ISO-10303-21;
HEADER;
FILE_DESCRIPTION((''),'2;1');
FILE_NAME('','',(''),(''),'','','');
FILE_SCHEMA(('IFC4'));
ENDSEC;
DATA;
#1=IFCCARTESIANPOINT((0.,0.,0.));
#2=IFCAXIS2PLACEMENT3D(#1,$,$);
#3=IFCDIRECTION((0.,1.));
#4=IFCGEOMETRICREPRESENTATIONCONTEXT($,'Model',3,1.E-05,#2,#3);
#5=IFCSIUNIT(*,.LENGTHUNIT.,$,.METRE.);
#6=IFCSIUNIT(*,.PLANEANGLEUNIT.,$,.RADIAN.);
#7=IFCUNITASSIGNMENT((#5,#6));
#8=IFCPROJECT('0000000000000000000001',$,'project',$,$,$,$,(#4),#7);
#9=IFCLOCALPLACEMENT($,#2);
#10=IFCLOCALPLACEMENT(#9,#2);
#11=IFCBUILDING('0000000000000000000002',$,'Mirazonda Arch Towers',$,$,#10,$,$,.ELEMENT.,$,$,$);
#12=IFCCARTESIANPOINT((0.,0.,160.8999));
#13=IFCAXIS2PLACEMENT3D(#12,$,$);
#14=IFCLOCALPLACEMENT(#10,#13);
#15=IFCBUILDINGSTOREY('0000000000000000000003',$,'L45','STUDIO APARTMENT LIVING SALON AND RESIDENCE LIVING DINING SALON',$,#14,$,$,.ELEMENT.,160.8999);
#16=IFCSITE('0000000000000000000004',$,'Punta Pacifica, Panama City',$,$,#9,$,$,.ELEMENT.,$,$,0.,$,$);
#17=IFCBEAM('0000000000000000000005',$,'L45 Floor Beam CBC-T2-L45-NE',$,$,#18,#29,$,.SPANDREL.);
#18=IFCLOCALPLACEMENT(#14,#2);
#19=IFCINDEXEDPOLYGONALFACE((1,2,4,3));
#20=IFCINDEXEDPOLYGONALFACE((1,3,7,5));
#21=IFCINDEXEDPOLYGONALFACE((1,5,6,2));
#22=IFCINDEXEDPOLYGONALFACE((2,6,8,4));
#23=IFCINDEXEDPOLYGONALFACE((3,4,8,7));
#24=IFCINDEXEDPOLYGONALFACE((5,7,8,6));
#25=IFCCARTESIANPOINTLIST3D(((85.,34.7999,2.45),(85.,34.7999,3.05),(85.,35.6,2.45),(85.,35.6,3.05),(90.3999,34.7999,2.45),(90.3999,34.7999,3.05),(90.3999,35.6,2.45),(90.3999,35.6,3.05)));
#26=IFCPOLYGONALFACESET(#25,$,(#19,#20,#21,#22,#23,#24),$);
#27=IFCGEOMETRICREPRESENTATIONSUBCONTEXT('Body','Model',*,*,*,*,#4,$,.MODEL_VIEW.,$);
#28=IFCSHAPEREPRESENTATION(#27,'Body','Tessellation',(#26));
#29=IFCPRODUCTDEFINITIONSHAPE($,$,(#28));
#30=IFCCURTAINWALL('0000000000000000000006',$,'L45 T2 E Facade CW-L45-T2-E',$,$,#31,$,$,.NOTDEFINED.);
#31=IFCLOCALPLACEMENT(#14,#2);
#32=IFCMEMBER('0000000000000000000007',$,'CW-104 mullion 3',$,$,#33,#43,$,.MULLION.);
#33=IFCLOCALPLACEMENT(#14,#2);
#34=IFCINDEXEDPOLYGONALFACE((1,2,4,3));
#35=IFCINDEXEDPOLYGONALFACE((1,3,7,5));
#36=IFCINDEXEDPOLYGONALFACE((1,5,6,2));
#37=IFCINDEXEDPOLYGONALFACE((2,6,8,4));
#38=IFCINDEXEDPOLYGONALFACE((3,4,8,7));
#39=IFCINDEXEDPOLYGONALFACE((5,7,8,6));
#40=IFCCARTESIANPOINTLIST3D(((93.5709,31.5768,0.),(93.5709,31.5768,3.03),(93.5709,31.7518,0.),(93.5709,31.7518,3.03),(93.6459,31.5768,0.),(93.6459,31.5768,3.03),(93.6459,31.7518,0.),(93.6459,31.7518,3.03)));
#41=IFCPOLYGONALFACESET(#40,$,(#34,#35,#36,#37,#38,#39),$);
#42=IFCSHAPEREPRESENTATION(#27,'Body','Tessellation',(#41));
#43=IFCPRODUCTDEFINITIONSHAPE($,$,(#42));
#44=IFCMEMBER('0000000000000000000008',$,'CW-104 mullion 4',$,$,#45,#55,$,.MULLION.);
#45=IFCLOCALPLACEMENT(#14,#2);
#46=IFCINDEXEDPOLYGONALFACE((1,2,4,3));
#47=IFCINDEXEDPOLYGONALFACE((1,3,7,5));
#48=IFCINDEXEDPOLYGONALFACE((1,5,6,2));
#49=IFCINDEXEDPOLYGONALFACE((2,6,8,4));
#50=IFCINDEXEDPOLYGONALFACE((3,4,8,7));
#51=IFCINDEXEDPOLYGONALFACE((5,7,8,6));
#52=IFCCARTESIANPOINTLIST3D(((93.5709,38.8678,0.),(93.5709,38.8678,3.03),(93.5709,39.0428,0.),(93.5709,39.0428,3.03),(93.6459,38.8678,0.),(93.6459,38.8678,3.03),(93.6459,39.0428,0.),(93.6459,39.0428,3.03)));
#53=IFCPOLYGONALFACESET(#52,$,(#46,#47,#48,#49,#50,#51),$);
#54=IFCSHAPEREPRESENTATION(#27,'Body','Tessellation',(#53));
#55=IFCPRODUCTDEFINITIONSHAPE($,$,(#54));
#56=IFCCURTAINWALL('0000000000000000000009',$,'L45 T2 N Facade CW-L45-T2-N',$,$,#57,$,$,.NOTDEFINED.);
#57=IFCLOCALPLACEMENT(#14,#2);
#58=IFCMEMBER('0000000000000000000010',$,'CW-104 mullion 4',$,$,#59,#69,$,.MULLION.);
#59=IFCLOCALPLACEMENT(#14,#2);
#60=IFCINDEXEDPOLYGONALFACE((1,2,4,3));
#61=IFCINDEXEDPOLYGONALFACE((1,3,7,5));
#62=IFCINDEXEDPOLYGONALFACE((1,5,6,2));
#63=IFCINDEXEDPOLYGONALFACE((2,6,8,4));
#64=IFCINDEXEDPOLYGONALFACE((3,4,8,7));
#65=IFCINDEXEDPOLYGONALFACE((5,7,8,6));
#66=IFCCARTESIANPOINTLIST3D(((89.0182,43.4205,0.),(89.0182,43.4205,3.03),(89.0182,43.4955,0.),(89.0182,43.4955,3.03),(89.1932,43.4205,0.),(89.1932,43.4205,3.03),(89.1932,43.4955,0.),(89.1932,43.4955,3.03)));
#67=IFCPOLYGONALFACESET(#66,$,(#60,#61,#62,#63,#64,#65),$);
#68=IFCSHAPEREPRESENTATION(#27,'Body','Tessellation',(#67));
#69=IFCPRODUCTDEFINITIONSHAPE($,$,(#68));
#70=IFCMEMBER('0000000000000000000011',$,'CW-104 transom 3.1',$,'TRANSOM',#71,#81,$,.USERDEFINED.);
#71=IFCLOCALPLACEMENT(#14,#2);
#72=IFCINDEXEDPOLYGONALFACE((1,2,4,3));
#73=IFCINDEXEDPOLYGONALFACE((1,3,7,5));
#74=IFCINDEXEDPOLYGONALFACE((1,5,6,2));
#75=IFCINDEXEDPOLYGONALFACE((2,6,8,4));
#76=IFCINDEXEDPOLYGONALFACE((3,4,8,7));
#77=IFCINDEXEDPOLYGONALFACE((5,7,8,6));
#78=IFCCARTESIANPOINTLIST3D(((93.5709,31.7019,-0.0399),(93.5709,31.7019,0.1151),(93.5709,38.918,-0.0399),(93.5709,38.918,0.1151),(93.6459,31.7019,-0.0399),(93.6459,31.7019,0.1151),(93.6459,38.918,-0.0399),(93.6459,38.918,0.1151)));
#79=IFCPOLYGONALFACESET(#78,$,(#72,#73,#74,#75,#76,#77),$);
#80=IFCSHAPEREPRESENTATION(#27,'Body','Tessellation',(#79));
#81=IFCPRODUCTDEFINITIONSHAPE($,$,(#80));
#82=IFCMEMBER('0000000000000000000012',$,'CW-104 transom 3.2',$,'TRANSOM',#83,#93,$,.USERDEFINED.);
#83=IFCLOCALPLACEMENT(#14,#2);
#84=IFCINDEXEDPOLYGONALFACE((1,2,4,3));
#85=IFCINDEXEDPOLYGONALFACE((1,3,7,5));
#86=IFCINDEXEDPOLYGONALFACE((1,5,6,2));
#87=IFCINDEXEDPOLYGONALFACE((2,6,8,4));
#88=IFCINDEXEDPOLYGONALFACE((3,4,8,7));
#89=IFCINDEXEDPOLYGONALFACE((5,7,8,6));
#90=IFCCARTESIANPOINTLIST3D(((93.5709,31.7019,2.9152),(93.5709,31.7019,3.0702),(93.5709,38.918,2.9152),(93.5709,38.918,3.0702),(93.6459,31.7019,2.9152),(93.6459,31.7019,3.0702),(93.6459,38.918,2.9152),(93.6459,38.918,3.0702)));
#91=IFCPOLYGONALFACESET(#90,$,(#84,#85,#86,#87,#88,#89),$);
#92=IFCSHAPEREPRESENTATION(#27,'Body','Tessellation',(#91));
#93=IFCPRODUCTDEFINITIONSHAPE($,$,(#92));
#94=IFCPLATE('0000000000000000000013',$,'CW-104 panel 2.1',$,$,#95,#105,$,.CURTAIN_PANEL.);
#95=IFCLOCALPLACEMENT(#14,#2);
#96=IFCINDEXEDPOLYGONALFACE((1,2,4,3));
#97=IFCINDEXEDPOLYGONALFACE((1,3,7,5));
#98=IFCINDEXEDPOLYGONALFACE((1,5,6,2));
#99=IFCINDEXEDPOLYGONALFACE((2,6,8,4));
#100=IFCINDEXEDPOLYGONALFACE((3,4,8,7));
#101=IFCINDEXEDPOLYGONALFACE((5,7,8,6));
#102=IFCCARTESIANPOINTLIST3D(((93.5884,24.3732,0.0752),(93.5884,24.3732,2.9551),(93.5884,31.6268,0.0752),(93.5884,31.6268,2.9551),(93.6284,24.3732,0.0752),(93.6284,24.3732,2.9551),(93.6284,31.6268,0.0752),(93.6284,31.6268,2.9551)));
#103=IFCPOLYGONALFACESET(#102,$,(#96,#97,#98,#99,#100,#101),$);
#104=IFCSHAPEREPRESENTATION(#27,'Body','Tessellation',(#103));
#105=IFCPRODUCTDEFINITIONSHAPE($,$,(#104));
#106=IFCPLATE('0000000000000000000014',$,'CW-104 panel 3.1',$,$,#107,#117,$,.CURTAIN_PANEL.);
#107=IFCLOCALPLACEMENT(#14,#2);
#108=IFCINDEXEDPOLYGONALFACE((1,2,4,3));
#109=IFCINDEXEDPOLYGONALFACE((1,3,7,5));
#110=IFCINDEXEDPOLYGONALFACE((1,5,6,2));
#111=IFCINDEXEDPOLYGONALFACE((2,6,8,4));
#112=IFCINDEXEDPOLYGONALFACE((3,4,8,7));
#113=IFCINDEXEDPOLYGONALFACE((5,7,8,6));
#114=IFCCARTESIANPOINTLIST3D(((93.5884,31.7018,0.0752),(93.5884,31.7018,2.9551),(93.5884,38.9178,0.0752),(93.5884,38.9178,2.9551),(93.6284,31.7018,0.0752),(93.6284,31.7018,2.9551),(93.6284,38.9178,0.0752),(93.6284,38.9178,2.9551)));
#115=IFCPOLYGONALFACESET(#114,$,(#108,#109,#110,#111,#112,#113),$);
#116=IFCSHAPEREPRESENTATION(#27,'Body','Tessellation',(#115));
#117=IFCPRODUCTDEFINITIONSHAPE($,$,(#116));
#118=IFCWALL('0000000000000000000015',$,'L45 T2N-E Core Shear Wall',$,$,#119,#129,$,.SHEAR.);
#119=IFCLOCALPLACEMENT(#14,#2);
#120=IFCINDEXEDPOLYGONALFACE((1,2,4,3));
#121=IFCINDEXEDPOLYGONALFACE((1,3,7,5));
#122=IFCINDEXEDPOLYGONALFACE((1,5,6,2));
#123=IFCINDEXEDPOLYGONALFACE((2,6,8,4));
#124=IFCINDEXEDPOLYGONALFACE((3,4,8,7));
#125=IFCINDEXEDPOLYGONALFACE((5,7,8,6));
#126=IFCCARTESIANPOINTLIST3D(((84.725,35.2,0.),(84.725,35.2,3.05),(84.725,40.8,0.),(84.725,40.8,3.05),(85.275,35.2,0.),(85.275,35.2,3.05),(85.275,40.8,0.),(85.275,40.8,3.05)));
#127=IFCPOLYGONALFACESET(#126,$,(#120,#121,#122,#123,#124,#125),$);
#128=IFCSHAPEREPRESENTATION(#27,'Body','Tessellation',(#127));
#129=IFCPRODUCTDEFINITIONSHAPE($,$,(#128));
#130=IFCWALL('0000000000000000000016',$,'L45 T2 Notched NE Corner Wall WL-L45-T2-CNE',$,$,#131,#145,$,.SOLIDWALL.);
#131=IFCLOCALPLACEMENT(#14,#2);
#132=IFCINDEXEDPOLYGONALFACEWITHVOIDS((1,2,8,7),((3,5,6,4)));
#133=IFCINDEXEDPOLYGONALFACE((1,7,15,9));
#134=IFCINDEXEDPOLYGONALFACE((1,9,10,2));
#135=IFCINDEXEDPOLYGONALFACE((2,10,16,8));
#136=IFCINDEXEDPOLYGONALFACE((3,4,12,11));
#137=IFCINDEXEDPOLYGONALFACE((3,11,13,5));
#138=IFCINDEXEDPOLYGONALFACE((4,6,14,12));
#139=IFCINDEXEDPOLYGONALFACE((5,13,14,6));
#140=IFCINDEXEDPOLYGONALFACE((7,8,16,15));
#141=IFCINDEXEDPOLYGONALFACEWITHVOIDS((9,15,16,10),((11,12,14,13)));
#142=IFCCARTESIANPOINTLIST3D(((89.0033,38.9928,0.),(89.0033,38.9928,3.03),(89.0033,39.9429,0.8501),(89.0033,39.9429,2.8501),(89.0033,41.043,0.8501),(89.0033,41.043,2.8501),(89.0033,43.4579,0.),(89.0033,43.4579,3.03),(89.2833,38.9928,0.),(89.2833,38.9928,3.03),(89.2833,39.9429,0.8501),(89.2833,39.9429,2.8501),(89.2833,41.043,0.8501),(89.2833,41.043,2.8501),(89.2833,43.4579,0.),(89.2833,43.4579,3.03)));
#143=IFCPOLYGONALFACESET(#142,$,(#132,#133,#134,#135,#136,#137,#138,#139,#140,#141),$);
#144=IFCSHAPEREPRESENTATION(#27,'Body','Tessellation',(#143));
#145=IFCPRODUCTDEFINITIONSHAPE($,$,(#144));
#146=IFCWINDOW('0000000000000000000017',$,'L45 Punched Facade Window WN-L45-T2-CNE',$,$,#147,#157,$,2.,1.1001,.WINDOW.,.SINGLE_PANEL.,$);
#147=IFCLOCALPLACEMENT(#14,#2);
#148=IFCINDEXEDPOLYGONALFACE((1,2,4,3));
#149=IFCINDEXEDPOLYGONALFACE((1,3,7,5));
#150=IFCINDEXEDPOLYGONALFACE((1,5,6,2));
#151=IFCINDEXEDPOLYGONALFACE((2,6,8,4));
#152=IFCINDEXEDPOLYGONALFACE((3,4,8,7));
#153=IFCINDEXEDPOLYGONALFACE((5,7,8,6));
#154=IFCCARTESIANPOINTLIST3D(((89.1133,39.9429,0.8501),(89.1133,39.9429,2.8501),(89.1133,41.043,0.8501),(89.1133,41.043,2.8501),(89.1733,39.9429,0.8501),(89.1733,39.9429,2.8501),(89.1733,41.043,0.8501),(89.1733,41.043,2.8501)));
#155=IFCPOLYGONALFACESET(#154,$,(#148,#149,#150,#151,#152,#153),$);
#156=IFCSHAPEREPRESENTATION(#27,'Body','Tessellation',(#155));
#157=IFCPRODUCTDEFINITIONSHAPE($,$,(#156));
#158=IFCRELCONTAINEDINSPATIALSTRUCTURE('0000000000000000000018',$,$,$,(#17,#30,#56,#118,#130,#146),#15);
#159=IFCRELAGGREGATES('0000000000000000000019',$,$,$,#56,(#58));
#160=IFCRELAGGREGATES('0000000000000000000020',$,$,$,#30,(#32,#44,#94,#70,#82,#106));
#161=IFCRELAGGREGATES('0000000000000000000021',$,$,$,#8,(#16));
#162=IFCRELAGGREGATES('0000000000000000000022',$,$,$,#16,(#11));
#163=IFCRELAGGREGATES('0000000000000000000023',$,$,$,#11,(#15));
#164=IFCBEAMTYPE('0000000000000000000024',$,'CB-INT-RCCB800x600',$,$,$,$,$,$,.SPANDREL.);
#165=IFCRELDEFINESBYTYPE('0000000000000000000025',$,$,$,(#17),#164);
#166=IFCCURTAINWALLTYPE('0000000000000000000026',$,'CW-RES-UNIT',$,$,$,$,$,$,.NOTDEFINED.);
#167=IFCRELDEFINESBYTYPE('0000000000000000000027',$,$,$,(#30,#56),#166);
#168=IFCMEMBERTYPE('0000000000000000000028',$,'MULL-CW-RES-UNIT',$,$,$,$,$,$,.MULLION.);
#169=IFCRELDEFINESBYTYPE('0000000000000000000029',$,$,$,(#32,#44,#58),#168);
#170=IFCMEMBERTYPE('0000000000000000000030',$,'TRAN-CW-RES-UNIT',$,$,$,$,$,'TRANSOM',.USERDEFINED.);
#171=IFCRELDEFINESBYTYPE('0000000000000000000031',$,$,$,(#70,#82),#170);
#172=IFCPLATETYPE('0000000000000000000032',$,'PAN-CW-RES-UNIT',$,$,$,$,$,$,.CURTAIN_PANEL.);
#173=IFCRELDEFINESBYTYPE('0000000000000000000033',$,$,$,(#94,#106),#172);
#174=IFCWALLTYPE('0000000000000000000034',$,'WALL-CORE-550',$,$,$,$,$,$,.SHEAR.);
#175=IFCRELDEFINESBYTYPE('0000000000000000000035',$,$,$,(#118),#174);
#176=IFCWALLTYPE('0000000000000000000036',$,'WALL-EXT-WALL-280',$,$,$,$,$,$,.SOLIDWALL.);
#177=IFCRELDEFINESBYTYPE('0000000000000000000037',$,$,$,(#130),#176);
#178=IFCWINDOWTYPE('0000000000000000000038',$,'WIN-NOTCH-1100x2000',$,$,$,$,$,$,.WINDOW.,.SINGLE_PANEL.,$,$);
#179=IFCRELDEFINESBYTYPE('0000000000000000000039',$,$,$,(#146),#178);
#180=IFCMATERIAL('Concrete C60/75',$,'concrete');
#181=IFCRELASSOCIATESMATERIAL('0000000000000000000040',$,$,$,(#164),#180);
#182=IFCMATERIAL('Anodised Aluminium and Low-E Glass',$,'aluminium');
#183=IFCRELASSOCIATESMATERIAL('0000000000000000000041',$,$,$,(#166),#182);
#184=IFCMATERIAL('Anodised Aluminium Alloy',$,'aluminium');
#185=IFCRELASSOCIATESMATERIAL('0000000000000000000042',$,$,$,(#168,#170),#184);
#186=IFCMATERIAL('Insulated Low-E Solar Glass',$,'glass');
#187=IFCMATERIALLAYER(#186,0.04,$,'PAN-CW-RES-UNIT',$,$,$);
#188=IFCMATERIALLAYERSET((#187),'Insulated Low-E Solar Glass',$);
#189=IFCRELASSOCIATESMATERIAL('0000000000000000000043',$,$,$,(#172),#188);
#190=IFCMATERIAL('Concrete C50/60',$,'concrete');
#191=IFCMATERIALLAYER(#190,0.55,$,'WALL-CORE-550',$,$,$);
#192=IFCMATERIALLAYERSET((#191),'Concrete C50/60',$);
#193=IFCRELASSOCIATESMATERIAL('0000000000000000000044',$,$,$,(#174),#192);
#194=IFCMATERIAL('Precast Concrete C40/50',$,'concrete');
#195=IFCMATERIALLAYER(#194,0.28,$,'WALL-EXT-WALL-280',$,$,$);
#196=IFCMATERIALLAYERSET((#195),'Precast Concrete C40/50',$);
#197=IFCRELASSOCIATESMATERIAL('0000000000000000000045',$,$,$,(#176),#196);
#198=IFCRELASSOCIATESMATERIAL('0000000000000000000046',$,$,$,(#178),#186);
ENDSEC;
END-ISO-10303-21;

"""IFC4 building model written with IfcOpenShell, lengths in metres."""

from ifc_helpers import new_model, si_unit, direction, frame, frame_2d, origin, origin_2d, place, context, subcontext, project, spatial, rectangle, extrude, material, layer, layer_set, material_profile, profile_set, type_object, element, fill, aggregate, save


model = new_model("IFC4")

# Units and contexts
model_context = context("Model", 3, precision=1e-05, world=origin(), true_north=direction((0.0, 1.0)))
body_context = subcontext(model_context, "Body", "Model", "MODEL_VIEW")
ifc_project = project(units=[si_unit("LENGTHUNIT", "METRE"), si_unit("PLANEANGLEUNIT", "RADIAN")], contexts=[model_context])

# Site, building, storey
site_placement = place(None, origin())
site = spatial("IfcSite", under=ifc_project, at=site_placement, Name="Punta Pacifica, Panama City", CompositionType="ELEMENT", RefElevation=0.0)
building_placement = place(site_placement, origin())
building = spatial("IfcBuilding", under=site, at=building_placement, Name="Mirazonda Arch Towers", CompositionType="ELEMENT")
storey_placement = place(building_placement, frame((0.0, 0.0, 160.8999)))
storey = spatial("IfcBuildingStorey", under=building, at=storey_placement, Name="L45", Description="STUDIO APARTMENT LIVING SALON AND RESIDENCE LIVING DINING SALON", CompositionType="ELEMENT", Elevation=160.8999)

# Shared definitions
ifc_material_1 = material(Name="Concrete C50/60", Category="concrete")

# Beam
ifc_material_2 = material(Name="Concrete C60/75", Category="concrete")
ifc_material_profile_1 = material_profile(ifc_material_2, rectangle(XDim=0.8, YDim=0.6001, at=origin_2d()), Name="RCCB800x600")
ifc_profile_set_1 = profile_set([ifc_material_profile_1], Name="Concrete C60/75")
beam_type_1 = type_object("IfcBeamType", Name="CB-INT-RCCB800x600", PredefinedType="SPANDREL", material=ifc_profile_set_1)
beam_1_placement = place(storey_placement, frame((85.0, 35.2, 2.75), z_axis=(1.0, 0.0, 0.0), x_axis=(0.0, 1.0, 0.0)))
element("IfcBeam", 1, at=beam_1_placement, inside=storey, type_object=beam_type_1, Name="L45 Floor Beam CBC-T2-L45-NE", PredefinedType="SPANDREL", context=body_context, shape_type="SweptSolid", body=[
    extrude(rectangle(XDim=0.8, YDim=0.6001, at=origin_2d()), origin(), (0.0, 0.0, 1.0), 5.3999),
])

# Curtain wall, members
ifc_material_3 = material(Name="Anodised Aluminium and Low-E Glass", Category="aluminium")
curtain_wall_type = type_object("IfcCurtainWallType", Name="CW-RES-UNIT", PredefinedType="NOTDEFINED", material=ifc_material_3)
curtain_wall_1_placement = place(storey_placement, origin())
curtain_wall_1 = element("IfcCurtainWall", 2, at=curtain_wall_1_placement, inside=storey, type_object=curtain_wall_type, Name="L45 T2 E Facade CW-L45-T2-E", PredefinedType="NOTDEFINED")
ifc_material_4 = material(Name="Anodised Aluminium Alloy", Category="aluminium")
ifc_material_profile_2 = material_profile(ifc_material_4, rectangle(XDim=0.075, YDim=0.175, at=origin_2d()), Name="ALU-MULL-75x175")
ifc_profile_set_2 = profile_set([ifc_material_profile_2], Name="Anodised Aluminium Alloy")
member_type_1 = type_object("IfcMemberType", Name="MULL-CW-RES-UNIT", PredefinedType="MULLION", material=ifc_profile_set_2)
member_1_placement = place(storey_placement, frame((93.6084, 31.6643, 0.0), z_axis=(0.0, 0.0, 1.0), x_axis=(-1.0, 0.0, 0.0)))
member_1 = element("IfcMember", 3, at=member_1_placement, type_object=member_type_1, Name="CW-104 mullion 3", PredefinedType="MULLION", context=body_context, shape_type="SweptSolid", body=[
    extrude(rectangle(XDim=0.075, YDim=0.175, at=origin_2d()), origin(), (0.0, 0.0, 1.0), 3.03),
])
member_2_placement = place(storey_placement, frame((93.6084, 38.9553, 0.0), z_axis=(0.0, 0.0, 1.0), x_axis=(-1.0, 0.0, 0.0)))
member_2 = element("IfcMember", 4, at=member_2_placement, type_object=member_type_1, Name="CW-104 mullion 4", PredefinedType="MULLION", context=body_context, shape_type="SweptSolid", body=[
    extrude(rectangle(XDim=0.075, YDim=0.175, at=origin_2d()), origin(), (0.0, 0.0, 1.0), 3.03),
])

# Curtain wall, member
curtain_wall_2_placement = place(storey_placement, origin())
curtain_wall_2 = element("IfcCurtainWall", 5, at=curtain_wall_2_placement, inside=storey, type_object=curtain_wall_type, Name="L45 T2 N Facade CW-L45-T2-N", PredefinedType="NOTDEFINED")
member_3_placement = place(storey_placement, frame((89.1057, 43.458, 0.0), z_axis=(0.0, 0.0, 1.0), x_axis=(0.0, 1.0, 0.0)))
member_3 = element("IfcMember", 6, at=member_3_placement, type_object=member_type_1, Name="CW-104 mullion 4", PredefinedType="MULLION", context=body_context, shape_type="SweptSolid", body=[
    extrude(rectangle(XDim=0.075, YDim=0.175, at=origin_2d()), origin(), (0.0, 0.0, 1.0), 3.03),
])
aggregate(curtain_wall_2, [member_3])

# Members
ifc_material_profile_3 = material_profile(ifc_material_4, rectangle(XDim=0.075, YDim=0.155, at=origin_2d()), Name="ALU-TRAN-75x155")
ifc_profile_set_3 = profile_set([ifc_material_profile_3], Name="Anodised Aluminium Alloy")
member_type_2 = type_object("IfcMemberType", Name="TRAN-CW-RES-UNIT", ElementType="TRANSOM", PredefinedType="USERDEFINED", material=ifc_profile_set_3)
member_4_placement = place(storey_placement, frame((93.6084, 31.7019, 0.0376), z_axis=(0.0, 1.0, 0.0), x_axis=(-1.0, 0.0, 0.0)))
member_4 = element("IfcMember", 7, at=member_4_placement, type_object=member_type_2, Name="CW-104 transom 3.1", ObjectType="TRANSOM", PredefinedType="USERDEFINED", context=body_context, shape_type="SweptSolid", body=[
    extrude(rectangle(XDim=0.075, YDim=0.155, at=origin_2d()), origin(), (0.0, 0.0, 1.0), 7.2161),
])
member_5_placement = place(storey_placement, frame((93.6084, 31.7019, 2.9927), z_axis=(0.0, 1.0, 0.0), x_axis=(-1.0, 0.0, 0.0)))
member_5 = element("IfcMember", 8, at=member_5_placement, type_object=member_type_2, Name="CW-104 transom 3.2", ObjectType="TRANSOM", PredefinedType="USERDEFINED", context=body_context, shape_type="SweptSolid", body=[
    extrude(rectangle(XDim=0.075, YDim=0.155, at=origin_2d()), origin(), (0.0, 0.0, 1.0), 7.2161),
])

# Plates
ifc_material_5 = material(Name="Insulated Low-E Solar Glass", Category="glass")
ifc_layer_1 = layer(ifc_material_5, 0.04, Name="PAN-CW-RES-UNIT")
ifc_layer_set_1 = layer_set([ifc_layer_1], Name="Insulated Low-E Solar Glass")
plate_type = type_object("IfcPlateType", Name="PAN-CW-RES-UNIT", PredefinedType="CURTAIN_PANEL", material=ifc_layer_set_1)
plate_1_placement = place(storey_placement, frame((93.6084, 28.0, 0.0752), z_axis=(0.0, 0.0, 1.0), x_axis=(0.0, 1.0, 0.0)))
plate_1 = element("IfcPlate", 9, at=plate_1_placement, type_object=plate_type, Name="CW-104 panel 2.1", PredefinedType="CURTAIN_PANEL", context=body_context, shape_type="SweptSolid", body=[
    extrude(rectangle(XDim=7.2537, YDim=0.04, at=origin_2d()), origin(), (0.0, 0.0, 1.0), 2.8799),
])
plate_2_placement = place(storey_placement, frame((93.6084, 35.3098, 0.0752), z_axis=(0.0, 0.0, 1.0), x_axis=(0.0, 1.0, 0.0)))
plate_2 = element("IfcPlate", 10, at=plate_2_placement, type_object=plate_type, Name="CW-104 panel 3.1", PredefinedType="CURTAIN_PANEL", context=body_context, shape_type="SweptSolid", body=[
    extrude(rectangle(XDim=7.2161, YDim=0.04, at=origin_2d()), origin(), (0.0, 0.0, 1.0), 2.8799),
])
aggregate(curtain_wall_1, [member_1, member_2, plate_1, member_4, member_5, plate_2])

# Wall
ifc_layer_2 = layer(ifc_material_1, 0.55, Name="WALL-CORE-550")
ifc_layer_set_2 = layer_set([ifc_layer_2], Name="Concrete C50/60")
wall_type_1 = type_object("IfcWallType", Name="WALL-CORE-550", PredefinedType="SHEAR", material=ifc_layer_set_2)
wall_1_placement = place(storey_placement, frame((85.0, 35.2, 0.0), z_axis=(0.0, 0.0, 1.0), x_axis=(0.0, 1.0, 0.0)))
element("IfcWall", 11, at=wall_1_placement, inside=storey, type_object=wall_type_1, Name="L45 T2N-E Core Shear Wall", PredefinedType="SHEAR", context=body_context, shape_type="SweptSolid", body=[
    extrude(rectangle(XDim=5.6001, YDim=0.55, at=frame_2d((2.8, 0.0))), origin(), (0.0, 0.0, 1.0), 3.05),
])

# Wall, opening, window
ifc_material_6 = material(Name="Precast Concrete C40/50", Category="concrete")
ifc_layer_3 = layer(ifc_material_6, 0.28, Name="WALL-EXT-WALL-280")
ifc_layer_set_3 = layer_set([ifc_layer_3], Name="Precast Concrete C40/50")
wall_type_2 = type_object("IfcWallType", Name="WALL-EXT-WALL-280", PredefinedType="SOLIDWALL", material=ifc_layer_set_3)
wall_2_placement = place(storey_placement, frame((89.1433, 38.9929, 0.0), z_axis=(0.0, 0.0, 1.0), x_axis=(0.0, 1.0, 0.0)))
wall_2 = element("IfcWall", 12, at=wall_2_placement, inside=storey, type_object=wall_type_2, Name="L45 T2 Notched NE Corner Wall WL-L45-T2-CNE", PredefinedType="SOLIDWALL", context=body_context, shape_type="SweptSolid", body=[
    extrude(rectangle(XDim=4.4651, YDim=0.28, at=frame_2d((2.2324, 0.0))), origin(), (0.0, 0.0, 1.0), 3.03),
])
opening_1_placement = place(wall_2_placement, frame((0.95, 0.0, 0.8501)))
opening_1 = element("IfcOpeningElement", 13, at=opening_1_placement, cuts=wall_2, PredefinedType="OPENING", context=body_context, shape_type="SweptSolid", body=[
    extrude(rectangle(XDim=1.1001, YDim=2.0, at=frame_2d((0.55, 1.0))), frame((0.0, 0.1499, 0.0), z_axis=(0.0, -1.0, 0.0), x_axis=(1.0, 0.0, 0.0)), (0.0, 0.0, 1.0), 0.3),
])
window_type = type_object("IfcWindowType", Name="WIN-NOTCH-1100x2000", PartitioningType="SINGLE_PANEL", PredefinedType="WINDOW", material=ifc_material_5)
window_1_placement = place(opening_1_placement, origin())
window_1 = element("IfcWindow", 14, at=window_1_placement, inside=storey, type_object=window_type, Name="L45 Punched Facade Window WN-L45-T2-CNE", OverallHeight=2.0, OverallWidth=1.1001, PartitioningType="SINGLE_PANEL", PredefinedType="WINDOW", context=body_context, shape_type="SweptSolid", body=[
    extrude(rectangle(XDim=1.1001, YDim=2.0, at=frame_2d((0.55, 1.0))), frame((0.0, 0.03, 0.0), z_axis=(0.0, -1.0, 0.0), x_axis=(1.0, 0.0, 0.0)), (0.0, 0.0, 1.0), 0.0601),
])
fill(opening_1, window_1)

save(model, "model.ifc")
